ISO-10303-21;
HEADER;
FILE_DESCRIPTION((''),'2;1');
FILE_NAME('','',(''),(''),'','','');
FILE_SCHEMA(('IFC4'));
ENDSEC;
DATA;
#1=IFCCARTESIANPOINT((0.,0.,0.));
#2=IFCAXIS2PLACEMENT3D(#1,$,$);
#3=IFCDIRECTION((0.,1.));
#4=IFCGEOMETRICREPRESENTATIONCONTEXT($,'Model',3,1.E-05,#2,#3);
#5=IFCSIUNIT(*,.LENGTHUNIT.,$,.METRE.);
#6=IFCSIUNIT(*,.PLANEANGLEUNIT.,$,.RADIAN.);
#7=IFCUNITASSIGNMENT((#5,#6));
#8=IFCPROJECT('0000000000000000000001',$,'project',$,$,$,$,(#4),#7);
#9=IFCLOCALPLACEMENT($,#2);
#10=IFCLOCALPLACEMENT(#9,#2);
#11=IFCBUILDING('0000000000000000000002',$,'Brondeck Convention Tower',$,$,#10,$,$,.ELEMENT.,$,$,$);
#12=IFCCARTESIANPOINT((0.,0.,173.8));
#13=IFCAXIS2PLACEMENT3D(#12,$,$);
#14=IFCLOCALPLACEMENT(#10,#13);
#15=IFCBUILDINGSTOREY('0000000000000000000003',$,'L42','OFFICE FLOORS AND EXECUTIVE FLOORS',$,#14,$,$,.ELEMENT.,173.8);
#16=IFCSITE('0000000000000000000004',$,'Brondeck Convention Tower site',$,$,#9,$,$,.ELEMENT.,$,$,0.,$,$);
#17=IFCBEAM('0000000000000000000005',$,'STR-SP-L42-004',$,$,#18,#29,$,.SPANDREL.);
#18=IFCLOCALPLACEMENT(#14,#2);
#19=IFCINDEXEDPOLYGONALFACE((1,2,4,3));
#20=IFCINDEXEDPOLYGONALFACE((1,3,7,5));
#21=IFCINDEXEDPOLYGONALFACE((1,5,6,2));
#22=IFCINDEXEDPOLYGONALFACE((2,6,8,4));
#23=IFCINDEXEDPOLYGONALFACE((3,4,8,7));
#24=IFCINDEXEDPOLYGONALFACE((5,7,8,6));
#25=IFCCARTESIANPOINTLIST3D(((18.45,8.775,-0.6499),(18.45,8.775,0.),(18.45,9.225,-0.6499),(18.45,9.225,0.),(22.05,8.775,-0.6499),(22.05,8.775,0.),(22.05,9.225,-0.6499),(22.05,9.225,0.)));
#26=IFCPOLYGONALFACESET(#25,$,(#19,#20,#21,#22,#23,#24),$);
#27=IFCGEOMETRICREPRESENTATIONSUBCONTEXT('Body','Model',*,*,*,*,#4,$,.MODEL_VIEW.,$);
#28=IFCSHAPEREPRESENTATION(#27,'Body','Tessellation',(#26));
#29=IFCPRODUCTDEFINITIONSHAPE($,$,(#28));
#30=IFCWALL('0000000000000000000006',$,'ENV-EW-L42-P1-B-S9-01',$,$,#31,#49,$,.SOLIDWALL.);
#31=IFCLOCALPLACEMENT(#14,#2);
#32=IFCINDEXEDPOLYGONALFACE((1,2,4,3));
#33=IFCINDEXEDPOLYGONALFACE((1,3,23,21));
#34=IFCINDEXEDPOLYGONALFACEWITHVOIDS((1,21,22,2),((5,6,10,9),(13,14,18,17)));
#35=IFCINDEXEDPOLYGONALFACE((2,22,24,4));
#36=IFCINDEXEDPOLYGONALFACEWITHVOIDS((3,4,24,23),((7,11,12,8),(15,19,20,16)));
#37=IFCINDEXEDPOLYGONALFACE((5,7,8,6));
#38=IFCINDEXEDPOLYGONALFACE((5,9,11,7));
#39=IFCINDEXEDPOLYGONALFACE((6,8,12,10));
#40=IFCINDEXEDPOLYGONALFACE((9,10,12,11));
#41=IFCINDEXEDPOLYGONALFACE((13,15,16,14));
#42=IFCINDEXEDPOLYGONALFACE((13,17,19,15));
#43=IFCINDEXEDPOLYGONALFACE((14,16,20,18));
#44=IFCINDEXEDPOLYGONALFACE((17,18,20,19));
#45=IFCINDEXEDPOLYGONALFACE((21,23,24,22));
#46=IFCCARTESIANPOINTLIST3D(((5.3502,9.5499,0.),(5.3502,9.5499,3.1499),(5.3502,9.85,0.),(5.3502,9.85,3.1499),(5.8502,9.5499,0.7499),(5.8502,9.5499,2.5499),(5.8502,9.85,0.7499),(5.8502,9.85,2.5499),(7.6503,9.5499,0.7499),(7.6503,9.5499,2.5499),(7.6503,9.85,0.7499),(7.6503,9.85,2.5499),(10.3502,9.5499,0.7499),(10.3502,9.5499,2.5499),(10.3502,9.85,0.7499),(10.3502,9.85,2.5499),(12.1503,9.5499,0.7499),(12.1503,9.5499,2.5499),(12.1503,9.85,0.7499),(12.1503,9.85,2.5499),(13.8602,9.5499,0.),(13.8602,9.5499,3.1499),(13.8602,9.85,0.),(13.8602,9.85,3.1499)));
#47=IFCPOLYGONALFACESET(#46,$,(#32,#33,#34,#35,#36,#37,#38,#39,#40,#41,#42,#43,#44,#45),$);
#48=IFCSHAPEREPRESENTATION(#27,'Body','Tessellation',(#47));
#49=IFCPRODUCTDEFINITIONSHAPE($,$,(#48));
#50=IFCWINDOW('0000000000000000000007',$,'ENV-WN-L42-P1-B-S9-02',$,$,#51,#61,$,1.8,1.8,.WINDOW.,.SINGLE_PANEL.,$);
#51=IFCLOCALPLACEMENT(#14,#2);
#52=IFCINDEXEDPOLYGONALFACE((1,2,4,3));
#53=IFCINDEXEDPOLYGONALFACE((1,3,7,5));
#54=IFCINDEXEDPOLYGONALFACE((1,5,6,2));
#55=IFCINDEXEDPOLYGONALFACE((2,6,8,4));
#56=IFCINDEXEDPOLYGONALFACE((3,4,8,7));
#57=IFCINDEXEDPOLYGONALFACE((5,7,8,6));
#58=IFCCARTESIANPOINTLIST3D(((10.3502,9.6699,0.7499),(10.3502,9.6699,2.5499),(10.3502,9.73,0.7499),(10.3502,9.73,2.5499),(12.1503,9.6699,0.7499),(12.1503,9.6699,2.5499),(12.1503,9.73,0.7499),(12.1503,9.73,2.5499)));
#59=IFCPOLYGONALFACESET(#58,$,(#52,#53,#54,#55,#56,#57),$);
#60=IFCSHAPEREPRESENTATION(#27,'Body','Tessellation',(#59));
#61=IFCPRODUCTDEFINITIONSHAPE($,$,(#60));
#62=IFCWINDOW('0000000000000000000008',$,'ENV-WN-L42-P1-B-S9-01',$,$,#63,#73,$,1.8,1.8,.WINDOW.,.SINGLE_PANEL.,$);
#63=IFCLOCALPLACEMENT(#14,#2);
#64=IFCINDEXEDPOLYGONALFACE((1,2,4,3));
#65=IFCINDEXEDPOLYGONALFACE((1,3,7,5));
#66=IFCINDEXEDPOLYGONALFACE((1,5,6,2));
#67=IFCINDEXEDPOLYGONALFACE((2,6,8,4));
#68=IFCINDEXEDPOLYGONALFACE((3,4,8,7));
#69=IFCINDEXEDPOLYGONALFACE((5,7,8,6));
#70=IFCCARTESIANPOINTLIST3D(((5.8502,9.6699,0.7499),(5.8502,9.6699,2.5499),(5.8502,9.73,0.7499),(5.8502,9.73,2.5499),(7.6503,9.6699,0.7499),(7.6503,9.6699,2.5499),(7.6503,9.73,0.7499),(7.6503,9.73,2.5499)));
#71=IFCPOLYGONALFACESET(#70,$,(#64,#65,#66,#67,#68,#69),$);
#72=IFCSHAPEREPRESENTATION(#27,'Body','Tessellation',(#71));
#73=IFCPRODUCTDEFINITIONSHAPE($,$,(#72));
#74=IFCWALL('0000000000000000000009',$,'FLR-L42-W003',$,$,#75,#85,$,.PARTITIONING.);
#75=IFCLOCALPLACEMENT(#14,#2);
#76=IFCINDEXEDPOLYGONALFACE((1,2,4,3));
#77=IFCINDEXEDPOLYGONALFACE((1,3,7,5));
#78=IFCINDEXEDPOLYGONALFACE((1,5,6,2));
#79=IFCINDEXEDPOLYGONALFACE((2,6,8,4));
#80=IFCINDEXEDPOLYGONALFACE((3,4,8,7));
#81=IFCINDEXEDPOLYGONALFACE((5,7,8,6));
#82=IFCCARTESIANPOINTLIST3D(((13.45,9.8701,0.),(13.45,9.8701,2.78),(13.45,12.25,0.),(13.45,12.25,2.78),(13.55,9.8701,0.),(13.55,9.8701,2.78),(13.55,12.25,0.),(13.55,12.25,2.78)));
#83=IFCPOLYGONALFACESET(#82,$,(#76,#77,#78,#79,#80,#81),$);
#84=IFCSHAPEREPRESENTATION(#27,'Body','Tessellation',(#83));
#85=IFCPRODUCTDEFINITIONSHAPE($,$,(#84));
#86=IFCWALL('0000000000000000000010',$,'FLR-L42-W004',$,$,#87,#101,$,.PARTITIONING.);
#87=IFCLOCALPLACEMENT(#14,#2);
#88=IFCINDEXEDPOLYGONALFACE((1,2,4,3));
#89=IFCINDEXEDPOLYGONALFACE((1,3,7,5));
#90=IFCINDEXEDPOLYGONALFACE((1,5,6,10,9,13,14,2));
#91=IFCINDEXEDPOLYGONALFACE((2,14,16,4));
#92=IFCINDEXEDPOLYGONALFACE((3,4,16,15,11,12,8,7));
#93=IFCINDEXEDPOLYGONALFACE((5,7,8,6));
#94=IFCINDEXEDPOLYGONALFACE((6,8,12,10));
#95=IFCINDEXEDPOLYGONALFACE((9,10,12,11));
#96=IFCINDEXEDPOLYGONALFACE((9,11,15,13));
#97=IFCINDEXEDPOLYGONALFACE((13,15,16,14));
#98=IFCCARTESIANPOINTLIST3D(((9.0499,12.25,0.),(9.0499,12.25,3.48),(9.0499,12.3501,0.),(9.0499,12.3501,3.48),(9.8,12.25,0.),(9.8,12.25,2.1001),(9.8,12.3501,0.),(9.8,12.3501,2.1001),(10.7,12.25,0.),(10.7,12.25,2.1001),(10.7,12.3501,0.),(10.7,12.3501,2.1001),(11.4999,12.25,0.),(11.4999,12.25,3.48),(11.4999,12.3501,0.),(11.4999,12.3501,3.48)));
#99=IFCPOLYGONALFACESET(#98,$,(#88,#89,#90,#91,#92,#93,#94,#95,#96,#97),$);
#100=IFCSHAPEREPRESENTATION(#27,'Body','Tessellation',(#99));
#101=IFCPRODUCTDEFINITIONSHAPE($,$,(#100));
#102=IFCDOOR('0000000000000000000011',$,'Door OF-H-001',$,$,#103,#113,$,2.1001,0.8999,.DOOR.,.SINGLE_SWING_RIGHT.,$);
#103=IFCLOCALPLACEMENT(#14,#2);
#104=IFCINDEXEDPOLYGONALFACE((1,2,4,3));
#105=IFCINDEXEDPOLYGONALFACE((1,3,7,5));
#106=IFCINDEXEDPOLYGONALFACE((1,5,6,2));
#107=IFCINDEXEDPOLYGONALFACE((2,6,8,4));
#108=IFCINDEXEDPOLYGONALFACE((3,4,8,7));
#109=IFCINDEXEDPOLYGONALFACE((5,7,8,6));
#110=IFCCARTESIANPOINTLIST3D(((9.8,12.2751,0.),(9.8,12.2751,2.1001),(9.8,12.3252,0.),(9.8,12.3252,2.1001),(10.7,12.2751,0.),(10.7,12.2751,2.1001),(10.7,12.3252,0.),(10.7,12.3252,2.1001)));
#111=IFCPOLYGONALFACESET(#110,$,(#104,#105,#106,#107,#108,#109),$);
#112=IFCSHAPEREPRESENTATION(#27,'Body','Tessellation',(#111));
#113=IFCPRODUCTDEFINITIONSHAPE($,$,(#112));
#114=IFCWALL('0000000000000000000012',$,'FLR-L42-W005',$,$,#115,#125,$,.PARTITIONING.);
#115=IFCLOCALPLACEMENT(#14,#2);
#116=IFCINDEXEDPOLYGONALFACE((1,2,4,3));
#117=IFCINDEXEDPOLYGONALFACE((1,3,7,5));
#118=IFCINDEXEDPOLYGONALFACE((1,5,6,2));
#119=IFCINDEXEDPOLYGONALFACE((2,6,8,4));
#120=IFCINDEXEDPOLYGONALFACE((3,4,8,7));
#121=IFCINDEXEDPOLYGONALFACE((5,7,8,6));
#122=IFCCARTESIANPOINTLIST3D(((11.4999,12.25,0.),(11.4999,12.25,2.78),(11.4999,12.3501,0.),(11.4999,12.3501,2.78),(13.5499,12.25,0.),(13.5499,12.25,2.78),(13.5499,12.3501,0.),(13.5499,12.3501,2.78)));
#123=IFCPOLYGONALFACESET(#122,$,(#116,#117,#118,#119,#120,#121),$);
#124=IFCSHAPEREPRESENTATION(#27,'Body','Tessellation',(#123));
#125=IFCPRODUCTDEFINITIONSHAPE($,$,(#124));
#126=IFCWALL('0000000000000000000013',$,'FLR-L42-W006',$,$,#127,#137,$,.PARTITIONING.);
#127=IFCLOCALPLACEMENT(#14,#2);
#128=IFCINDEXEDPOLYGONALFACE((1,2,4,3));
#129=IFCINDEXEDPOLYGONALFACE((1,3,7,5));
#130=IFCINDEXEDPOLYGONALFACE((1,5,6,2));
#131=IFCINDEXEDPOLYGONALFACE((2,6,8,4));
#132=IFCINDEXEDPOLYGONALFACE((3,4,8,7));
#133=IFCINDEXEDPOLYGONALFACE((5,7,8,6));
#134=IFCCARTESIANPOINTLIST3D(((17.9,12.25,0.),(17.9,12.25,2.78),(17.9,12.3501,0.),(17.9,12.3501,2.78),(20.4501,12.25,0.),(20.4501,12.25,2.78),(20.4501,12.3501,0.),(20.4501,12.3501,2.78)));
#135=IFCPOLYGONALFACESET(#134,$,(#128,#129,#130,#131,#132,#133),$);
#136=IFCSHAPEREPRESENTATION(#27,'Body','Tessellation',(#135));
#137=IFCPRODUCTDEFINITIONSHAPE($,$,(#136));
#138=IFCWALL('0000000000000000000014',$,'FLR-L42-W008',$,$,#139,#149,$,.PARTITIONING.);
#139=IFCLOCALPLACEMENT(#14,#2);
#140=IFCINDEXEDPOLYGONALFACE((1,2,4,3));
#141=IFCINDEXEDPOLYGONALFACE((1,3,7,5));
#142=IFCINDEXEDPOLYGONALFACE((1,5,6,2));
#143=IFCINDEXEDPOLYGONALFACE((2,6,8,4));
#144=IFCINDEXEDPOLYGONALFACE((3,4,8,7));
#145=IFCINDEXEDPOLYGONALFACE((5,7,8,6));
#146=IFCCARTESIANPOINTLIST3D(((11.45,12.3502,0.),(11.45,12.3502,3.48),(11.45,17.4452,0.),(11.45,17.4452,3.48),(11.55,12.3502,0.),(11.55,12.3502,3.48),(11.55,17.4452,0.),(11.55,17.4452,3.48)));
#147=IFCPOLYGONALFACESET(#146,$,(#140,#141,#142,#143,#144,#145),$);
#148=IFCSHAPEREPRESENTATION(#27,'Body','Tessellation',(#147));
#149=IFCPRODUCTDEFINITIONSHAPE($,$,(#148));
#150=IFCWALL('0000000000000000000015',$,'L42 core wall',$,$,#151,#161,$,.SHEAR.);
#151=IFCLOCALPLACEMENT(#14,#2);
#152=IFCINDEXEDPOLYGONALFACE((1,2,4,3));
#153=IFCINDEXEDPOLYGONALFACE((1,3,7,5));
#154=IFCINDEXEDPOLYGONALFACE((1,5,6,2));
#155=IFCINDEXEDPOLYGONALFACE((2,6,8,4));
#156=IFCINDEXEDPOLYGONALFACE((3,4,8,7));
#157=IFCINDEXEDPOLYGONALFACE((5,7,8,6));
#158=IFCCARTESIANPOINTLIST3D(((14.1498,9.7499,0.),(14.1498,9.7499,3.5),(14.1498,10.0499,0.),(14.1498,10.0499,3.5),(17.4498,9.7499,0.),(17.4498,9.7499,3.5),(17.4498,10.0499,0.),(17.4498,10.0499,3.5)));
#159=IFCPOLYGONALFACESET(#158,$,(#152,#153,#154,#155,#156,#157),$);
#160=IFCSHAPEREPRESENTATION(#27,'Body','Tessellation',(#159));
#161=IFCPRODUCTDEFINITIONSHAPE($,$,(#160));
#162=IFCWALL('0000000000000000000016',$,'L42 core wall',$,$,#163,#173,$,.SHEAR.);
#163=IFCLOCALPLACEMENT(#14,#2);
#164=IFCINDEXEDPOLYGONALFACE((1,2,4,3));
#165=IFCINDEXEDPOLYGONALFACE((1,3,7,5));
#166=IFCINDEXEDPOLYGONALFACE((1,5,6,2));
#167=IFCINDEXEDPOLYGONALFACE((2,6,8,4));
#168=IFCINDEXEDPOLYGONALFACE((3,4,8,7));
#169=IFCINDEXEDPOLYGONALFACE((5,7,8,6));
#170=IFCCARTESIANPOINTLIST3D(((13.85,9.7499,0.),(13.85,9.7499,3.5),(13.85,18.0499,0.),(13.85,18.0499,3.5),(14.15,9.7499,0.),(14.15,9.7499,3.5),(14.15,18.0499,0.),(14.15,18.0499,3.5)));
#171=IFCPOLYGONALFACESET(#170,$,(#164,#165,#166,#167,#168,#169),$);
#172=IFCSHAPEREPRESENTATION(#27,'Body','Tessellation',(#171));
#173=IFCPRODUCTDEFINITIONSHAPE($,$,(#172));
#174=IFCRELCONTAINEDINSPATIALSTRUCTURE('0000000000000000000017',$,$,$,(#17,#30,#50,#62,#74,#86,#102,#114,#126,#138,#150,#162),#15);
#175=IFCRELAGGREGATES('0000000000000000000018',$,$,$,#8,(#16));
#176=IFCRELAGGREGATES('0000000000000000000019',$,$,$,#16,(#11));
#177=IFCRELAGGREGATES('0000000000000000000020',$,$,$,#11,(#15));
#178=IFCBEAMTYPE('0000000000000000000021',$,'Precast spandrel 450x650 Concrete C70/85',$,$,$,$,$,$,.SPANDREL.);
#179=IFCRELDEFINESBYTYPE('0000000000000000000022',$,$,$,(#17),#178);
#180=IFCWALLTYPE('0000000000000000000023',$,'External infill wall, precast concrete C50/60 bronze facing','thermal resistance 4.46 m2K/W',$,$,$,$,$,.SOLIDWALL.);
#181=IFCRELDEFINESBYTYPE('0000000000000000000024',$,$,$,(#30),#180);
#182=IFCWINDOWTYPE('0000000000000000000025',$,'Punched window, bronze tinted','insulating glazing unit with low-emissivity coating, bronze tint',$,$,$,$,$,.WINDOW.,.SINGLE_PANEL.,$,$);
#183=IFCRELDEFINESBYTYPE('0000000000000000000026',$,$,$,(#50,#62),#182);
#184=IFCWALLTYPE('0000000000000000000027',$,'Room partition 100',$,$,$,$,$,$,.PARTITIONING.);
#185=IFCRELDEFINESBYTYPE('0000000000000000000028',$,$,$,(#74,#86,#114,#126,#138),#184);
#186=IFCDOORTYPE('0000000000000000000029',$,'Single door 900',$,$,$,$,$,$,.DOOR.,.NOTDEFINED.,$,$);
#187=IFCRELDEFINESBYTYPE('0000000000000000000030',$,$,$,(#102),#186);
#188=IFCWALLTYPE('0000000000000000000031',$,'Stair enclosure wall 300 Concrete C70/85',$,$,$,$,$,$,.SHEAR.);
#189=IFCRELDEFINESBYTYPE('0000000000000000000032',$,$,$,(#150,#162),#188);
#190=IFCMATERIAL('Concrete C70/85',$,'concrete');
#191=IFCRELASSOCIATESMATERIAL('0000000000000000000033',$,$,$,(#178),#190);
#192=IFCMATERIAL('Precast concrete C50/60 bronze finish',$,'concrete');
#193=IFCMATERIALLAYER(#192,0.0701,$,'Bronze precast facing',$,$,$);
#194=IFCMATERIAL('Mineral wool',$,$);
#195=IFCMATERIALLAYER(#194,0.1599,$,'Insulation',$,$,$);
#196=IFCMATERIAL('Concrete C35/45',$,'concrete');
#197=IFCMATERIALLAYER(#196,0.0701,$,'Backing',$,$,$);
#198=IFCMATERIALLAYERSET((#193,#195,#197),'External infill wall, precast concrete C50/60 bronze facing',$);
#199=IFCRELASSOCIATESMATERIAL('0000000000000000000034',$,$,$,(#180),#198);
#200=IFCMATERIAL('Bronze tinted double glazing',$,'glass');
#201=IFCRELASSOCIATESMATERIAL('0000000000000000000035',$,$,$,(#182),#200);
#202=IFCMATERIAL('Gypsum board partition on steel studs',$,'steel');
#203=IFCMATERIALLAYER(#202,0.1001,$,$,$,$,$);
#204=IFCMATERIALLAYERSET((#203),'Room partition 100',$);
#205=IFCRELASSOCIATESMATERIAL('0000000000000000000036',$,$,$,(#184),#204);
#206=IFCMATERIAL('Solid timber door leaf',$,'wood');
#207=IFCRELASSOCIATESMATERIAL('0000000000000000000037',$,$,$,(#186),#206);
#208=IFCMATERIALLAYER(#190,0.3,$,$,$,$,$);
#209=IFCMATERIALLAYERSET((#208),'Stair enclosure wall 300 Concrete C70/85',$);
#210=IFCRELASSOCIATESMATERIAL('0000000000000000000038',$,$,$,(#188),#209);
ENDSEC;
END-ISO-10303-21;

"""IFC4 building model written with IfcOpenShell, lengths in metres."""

from ifc_helpers import new_model, si_unit, direction, frame, frame_2d, origin, origin_2d, place, context, subcontext, project, spatial, rectangle, extrude, material, layer, layer_set, material_profile, profile_set, type_object, element, fill, save


model = new_model("IFC4")

# Units and contexts
model_context = context("Model", 3, precision=1e-05, world=origin(), true_north=direction((0.0, 1.0)))
body_context = subcontext(model_context, "Body", "Model", "MODEL_VIEW")
ifc_project = project(units=[si_unit("LENGTHUNIT", "METRE"), si_unit("PLANEANGLEUNIT", "RADIAN")], contexts=[model_context])

# Site, building, storey
site_placement = place(None, origin())
site = spatial("IfcSite", under=ifc_project, at=site_placement, Name="Brondeck Convention Tower site", CompositionType="ELEMENT", RefElevation=0.0)
building_placement = place(site_placement, origin())
building = spatial("IfcBuilding", under=site, at=building_placement, Name="Brondeck Convention Tower", CompositionType="ELEMENT")
storey_placement = place(building_placement, frame((0.0, 0.0, 173.8)))
storey = spatial("IfcBuildingStorey", under=building, at=storey_placement, Name="L42", Description="OFFICE FLOORS AND EXECUTIVE FLOORS", CompositionType="ELEMENT", Elevation=173.8)

# Shared definitions
ifc_material_1 = material(Name="Concrete C70/85", Category="concrete")

# Beam
ifc_material_profile_1 = material_profile(ifc_material_1, rectangle(XDim=0.45, YDim=0.6499, at=origin_2d()), Name="Precast spandrel 450x650 Concrete C70/85")
ifc_profile_set_1 = profile_set([ifc_material_profile_1], Name="Concrete C70/85")
beam_type_1 = type_object("IfcBeamType", Name="Precast spandrel 450x650 Concrete C70/85", PredefinedType="SPANDREL", material=ifc_profile_set_1)
for number, where, z_axis, x_axis, name in (
    (1, (18.45, 9.0, -0.325), (1.0, 0.0, 0.0), (0.0, 1.0, 0.0), "STR-SP-L42-004"),
):
    element("IfcBeam", number, at=place(storey_placement, frame(where, z_axis=z_axis, x_axis=x_axis)), inside=storey, type_object=beam_type_1, Name=name, PredefinedType="SPANDREL", context=body_context, shape_type="SweptSolid", body=[
        extrude(rectangle(XDim=0.45, YDim=0.6499, at=origin_2d()), origin(), (0.0, 0.0, 1.0), 3.6001),
    ])

# Wall, openings, windows
ifc_material_2 = material(Name="Precast concrete C50/60 bronze finish", Category="concrete")
ifc_layer_1 = layer(ifc_material_2, 0.0701, Name="Bronze precast facing")
ifc_material_3 = material(Name="Mineral wool")
ifc_layer_2 = layer(ifc_material_3, 0.1599, Name="Insulation")
ifc_material_4 = material(Name="Concrete C35/45", Category="concrete")
ifc_layer_3 = layer(ifc_material_4, 0.0701, Name="Backing")
ifc_layer_set_1 = layer_set([ifc_layer_1, ifc_layer_2, ifc_layer_3], Name="External infill wall, precast concrete C50/60 bronze facing")
wall_type_1 = type_object("IfcWallType", Name="External infill wall, precast concrete C50/60 bronze facing", Description="thermal resistance 4.46 m2K/W", PredefinedType="SOLIDWALL", material=ifc_layer_set_1)
wall_1_placement = place(storey_placement, frame((13.8601, 9.7, 0.0), z_axis=(0.0, 0.0, 1.0), x_axis=(-1.0, 0.0, 0.0)))
wall_1 = element("IfcWall", 2, at=wall_1_placement, inside=storey, type_object=wall_type_1, Name="ENV-EW-L42-P1-B-S9-01", PredefinedType="SOLIDWALL", context=body_context, shape_type="SweptSolid", body=[
    extrude(rectangle(XDim=8.51, YDim=0.3, at=frame_2d((4.2549, 0.0))), origin(), (0.0, 0.0, 1.0), 3.1499),
])
opening_1_placement = place(wall_1_placement, frame((1.71, 0.0, 0.75)))
opening_1 = element("IfcOpeningElement", 3, at=opening_1_placement, cuts=wall_1, PredefinedType="OPENING", context=body_context, shape_type="SweptSolid", body=[
    extrude(rectangle(XDim=1.8, YDim=1.8, at=frame_2d((0.8999, 0.8999))), frame((0.0, 0.1599, 0.0), z_axis=(0.0, -1.0, 0.0), x_axis=(1.0, 0.0, 0.0)), (0.0, 0.0, 1.0), 0.3201),
])
opening_2_placement = place(wall_1_placement, frame((6.21, 0.0, 0.75)))
opening_2 = element("IfcOpeningElement", 4, at=opening_2_placement, cuts=wall_1, PredefinedType="OPENING", context=body_context, shape_type="SweptSolid", body=[
    extrude(rectangle(XDim=1.8, YDim=1.8, at=frame_2d((0.8999, 0.8999))), frame((0.0, 0.1599, 0.0), z_axis=(0.0, -1.0, 0.0), x_axis=(1.0, 0.0, 0.0)), (0.0, 0.0, 1.0), 0.3201),
])
ifc_material_5 = material(Name="Bronze tinted double glazing", Category="glass")
window_type = type_object("IfcWindowType", Name="Punched window, bronze tinted", Description="insulating glazing unit with low-emissivity coating, bronze tint", PartitioningType="SINGLE_PANEL", PredefinedType="WINDOW", material=ifc_material_5)
window_1_placement = place(opening_1_placement, origin())
window_1 = element("IfcWindow", 5, at=window_1_placement, inside=storey, type_object=window_type, Name="ENV-WN-L42-P1-B-S9-02", OverallHeight=1.8, OverallWidth=1.8, PartitioningType="SINGLE_PANEL", PredefinedType="WINDOW", context=body_context, shape_type="SweptSolid", body=[
    extrude(rectangle(XDim=1.8, YDim=1.8, at=frame_2d((0.8999, 0.8999))), frame((0.0, 0.03, 0.0), z_axis=(0.0, -1.0, 0.0), x_axis=(1.0, 0.0, 0.0)), (0.0, 0.0, 1.0), 0.0601),
])
fill(opening_1, window_1)
window_2_placement = place(opening_2_placement, origin())
window_2 = element("IfcWindow", 6, at=window_2_placement, inside=storey, type_object=window_type, Name="ENV-WN-L42-P1-B-S9-01", OverallHeight=1.8, OverallWidth=1.8, PartitioningType="SINGLE_PANEL", PredefinedType="WINDOW", context=body_context, shape_type="SweptSolid", body=[
    extrude(rectangle(XDim=1.8, YDim=1.8, at=frame_2d((0.8999, 0.8999))), frame((0.0, 0.03, 0.0), z_axis=(0.0, -1.0, 0.0), x_axis=(1.0, 0.0, 0.0)), (0.0, 0.0, 1.0), 0.0601),
])
fill(opening_2, window_2)

# Wall
ifc_material_6 = material(Name="Gypsum board partition on steel studs", Category="steel")
ifc_layer_4 = layer(ifc_material_6, 0.1001)
ifc_layer_set_2 = layer_set([ifc_layer_4], Name="Room partition 100")
wall_type_2 = type_object("IfcWallType", Name="Room partition 100", PredefinedType="PARTITIONING", material=ifc_layer_set_2)
wall_2_placement = place(storey_placement, frame((13.5, 12.25, 0.0), z_axis=(0.0, 0.0, 1.0), x_axis=(0.0, -1.0, 0.0)))
element("IfcWall", 7, at=wall_2_placement, inside=storey, type_object=wall_type_2, Name="FLR-L42-W003", PredefinedType="PARTITIONING", context=body_context, shape_type="SweptSolid", body=[
    extrude(rectangle(XDim=2.3799, YDim=0.1001, at=frame_2d((1.1899, 0.0))), origin(), (0.0, 0.0, 1.0), 2.78),
])

# Wall, opening, door
wall_3_placement = place(storey_placement, frame((11.5, 12.3, 0.0), z_axis=(0.0, 0.0, 1.0), x_axis=(-1.0, 0.0, 0.0)))
wall_3 = element("IfcWall", 8, at=wall_3_placement, inside=storey, type_object=wall_type_2, Name="FLR-L42-W004", PredefinedType="PARTITIONING", context=body_context, shape_type="SweptSolid", body=[
    extrude(rectangle(XDim=2.45, YDim=0.1001, at=frame_2d((1.2251, 0.0))), origin(), (0.0, 0.0, 1.0), 3.48),
])
opening_3_placement = place(wall_3_placement, frame((0.8, 0.0, 0.0)))
opening_3 = element("IfcOpeningElement", 9, at=opening_3_placement, cuts=wall_3, PredefinedType="OPENING", context=body_context, shape_type="SweptSolid", body=[
    extrude(rectangle(XDim=0.8999, YDim=2.1001, at=frame_2d((0.45, 1.05))), frame((0.0, 0.0601, 0.0), z_axis=(0.0, -1.0, 0.0), x_axis=(1.0, 0.0, 0.0)), (0.0, 0.0, 1.0), 0.1201),
])
ifc_material_7 = material(Name="Solid timber door leaf", Category="wood")
door_type_1 = type_object("IfcDoorType", Name="Single door 900", OperationType="NOTDEFINED", PredefinedType="DOOR", material=ifc_material_7)
door_1_placement = place(opening_3_placement, origin())
door_1 = element("IfcDoor", 10, at=door_1_placement, inside=storey, type_object=door_type_1, Name="Door OF-H-001", OperationType="SINGLE_SWING_RIGHT", OverallHeight=2.1001, OverallWidth=0.8999, PredefinedType="DOOR", context=body_context, shape_type="SweptSolid", body=[
    extrude(rectangle(XDim=0.8999, YDim=2.1001, at=frame_2d((0.45, 1.05))), frame((0.0, 0.0249, 0.0), z_axis=(0.0, -1.0, 0.0), x_axis=(1.0, 0.0, 0.0)), (0.0, 0.0, 1.0), 0.05),
])
fill(opening_3, door_1)

# Walls
wall_4_placement = place(storey_placement, frame((11.5, 12.3, 0.0), z_axis=(0.0, 0.0, 1.0), x_axis=(1.0, 0.0, 0.0)))
element("IfcWall", 11, at=wall_4_placement, inside=storey, type_object=wall_type_2, Name="FLR-L42-W005", PredefinedType="PARTITIONING", context=body_context, shape_type="SweptSolid", body=[
    extrude(rectangle(XDim=2.05, YDim=0.1001, at=frame_2d((1.0249, 0.0))), origin(), (0.0, 0.0, 1.0), 2.78),
])
wall_5_placement = place(storey_placement, frame((20.45, 12.3, 0.0), z_axis=(0.0, 0.0, 1.0), x_axis=(-1.0, 0.0, 0.0)))
element("IfcWall", 12, at=wall_5_placement, inside=storey, type_object=wall_type_2, Name="FLR-L42-W006", PredefinedType="PARTITIONING", context=body_context, shape_type="SweptSolid", body=[
    extrude(rectangle(XDim=2.55, YDim=0.1001, at=frame_2d((1.2749, 0.0))), origin(), (0.0, 0.0, 1.0), 2.78),
])
wall_6_placement = place(storey_placement, frame((11.5, 17.4451, 0.0), z_axis=(0.0, 0.0, 1.0), x_axis=(0.0, -1.0, 0.0)))
element("IfcWall", 13, at=wall_6_placement, inside=storey, type_object=wall_type_2, Name="FLR-L42-W008", PredefinedType="PARTITIONING", context=body_context, shape_type="SweptSolid", body=[
    extrude(rectangle(XDim=5.095, YDim=0.1001, at=frame_2d((2.5474, 0.0))), origin(), (0.0, 0.0, 1.0), 3.48),
])
ifc_layer_5 = layer(ifc_material_1, 0.3)
ifc_layer_set_3 = layer_set([ifc_layer_5], Name="Stair enclosure wall 300 Concrete C70/85")
wall_type_3 = type_object("IfcWallType", Name="Stair enclosure wall 300 Concrete C70/85", PredefinedType="SHEAR", material=ifc_layer_set_3)
wall_7_placement = place(storey_placement, frame((14.1499, 9.8999, 0.0), z_axis=(0.0, 0.0, 1.0), x_axis=(1.0, 0.0, 0.0)))
element("IfcWall", 14, at=wall_7_placement, inside=storey, type_object=wall_type_3, Name="L42 core wall", PredefinedType="SHEAR", context=body_context, shape_type="SweptSolid", body=[
    extrude(rectangle(XDim=3.3, YDim=0.3, at=frame_2d((1.6499, 0.0))), origin(), (0.0, 0.0, 1.0), 3.5),
])
wall_8_placement = place(storey_placement, frame((14.0, 9.75, 0.0), z_axis=(0.0, 0.0, 1.0), x_axis=(0.0, 1.0, 0.0)))
element("IfcWall", 15, at=wall_8_placement, inside=storey, type_object=wall_type_3, Name="L42 core wall", PredefinedType="SHEAR", context=body_context, shape_type="SweptSolid", body=[
    extrude(rectangle(XDim=8.3, YDim=0.3, at=frame_2d((4.1499, 0.0))), origin(), (0.0, 0.0, 1.0), 3.5),
])

save(model, "model.ifc")
